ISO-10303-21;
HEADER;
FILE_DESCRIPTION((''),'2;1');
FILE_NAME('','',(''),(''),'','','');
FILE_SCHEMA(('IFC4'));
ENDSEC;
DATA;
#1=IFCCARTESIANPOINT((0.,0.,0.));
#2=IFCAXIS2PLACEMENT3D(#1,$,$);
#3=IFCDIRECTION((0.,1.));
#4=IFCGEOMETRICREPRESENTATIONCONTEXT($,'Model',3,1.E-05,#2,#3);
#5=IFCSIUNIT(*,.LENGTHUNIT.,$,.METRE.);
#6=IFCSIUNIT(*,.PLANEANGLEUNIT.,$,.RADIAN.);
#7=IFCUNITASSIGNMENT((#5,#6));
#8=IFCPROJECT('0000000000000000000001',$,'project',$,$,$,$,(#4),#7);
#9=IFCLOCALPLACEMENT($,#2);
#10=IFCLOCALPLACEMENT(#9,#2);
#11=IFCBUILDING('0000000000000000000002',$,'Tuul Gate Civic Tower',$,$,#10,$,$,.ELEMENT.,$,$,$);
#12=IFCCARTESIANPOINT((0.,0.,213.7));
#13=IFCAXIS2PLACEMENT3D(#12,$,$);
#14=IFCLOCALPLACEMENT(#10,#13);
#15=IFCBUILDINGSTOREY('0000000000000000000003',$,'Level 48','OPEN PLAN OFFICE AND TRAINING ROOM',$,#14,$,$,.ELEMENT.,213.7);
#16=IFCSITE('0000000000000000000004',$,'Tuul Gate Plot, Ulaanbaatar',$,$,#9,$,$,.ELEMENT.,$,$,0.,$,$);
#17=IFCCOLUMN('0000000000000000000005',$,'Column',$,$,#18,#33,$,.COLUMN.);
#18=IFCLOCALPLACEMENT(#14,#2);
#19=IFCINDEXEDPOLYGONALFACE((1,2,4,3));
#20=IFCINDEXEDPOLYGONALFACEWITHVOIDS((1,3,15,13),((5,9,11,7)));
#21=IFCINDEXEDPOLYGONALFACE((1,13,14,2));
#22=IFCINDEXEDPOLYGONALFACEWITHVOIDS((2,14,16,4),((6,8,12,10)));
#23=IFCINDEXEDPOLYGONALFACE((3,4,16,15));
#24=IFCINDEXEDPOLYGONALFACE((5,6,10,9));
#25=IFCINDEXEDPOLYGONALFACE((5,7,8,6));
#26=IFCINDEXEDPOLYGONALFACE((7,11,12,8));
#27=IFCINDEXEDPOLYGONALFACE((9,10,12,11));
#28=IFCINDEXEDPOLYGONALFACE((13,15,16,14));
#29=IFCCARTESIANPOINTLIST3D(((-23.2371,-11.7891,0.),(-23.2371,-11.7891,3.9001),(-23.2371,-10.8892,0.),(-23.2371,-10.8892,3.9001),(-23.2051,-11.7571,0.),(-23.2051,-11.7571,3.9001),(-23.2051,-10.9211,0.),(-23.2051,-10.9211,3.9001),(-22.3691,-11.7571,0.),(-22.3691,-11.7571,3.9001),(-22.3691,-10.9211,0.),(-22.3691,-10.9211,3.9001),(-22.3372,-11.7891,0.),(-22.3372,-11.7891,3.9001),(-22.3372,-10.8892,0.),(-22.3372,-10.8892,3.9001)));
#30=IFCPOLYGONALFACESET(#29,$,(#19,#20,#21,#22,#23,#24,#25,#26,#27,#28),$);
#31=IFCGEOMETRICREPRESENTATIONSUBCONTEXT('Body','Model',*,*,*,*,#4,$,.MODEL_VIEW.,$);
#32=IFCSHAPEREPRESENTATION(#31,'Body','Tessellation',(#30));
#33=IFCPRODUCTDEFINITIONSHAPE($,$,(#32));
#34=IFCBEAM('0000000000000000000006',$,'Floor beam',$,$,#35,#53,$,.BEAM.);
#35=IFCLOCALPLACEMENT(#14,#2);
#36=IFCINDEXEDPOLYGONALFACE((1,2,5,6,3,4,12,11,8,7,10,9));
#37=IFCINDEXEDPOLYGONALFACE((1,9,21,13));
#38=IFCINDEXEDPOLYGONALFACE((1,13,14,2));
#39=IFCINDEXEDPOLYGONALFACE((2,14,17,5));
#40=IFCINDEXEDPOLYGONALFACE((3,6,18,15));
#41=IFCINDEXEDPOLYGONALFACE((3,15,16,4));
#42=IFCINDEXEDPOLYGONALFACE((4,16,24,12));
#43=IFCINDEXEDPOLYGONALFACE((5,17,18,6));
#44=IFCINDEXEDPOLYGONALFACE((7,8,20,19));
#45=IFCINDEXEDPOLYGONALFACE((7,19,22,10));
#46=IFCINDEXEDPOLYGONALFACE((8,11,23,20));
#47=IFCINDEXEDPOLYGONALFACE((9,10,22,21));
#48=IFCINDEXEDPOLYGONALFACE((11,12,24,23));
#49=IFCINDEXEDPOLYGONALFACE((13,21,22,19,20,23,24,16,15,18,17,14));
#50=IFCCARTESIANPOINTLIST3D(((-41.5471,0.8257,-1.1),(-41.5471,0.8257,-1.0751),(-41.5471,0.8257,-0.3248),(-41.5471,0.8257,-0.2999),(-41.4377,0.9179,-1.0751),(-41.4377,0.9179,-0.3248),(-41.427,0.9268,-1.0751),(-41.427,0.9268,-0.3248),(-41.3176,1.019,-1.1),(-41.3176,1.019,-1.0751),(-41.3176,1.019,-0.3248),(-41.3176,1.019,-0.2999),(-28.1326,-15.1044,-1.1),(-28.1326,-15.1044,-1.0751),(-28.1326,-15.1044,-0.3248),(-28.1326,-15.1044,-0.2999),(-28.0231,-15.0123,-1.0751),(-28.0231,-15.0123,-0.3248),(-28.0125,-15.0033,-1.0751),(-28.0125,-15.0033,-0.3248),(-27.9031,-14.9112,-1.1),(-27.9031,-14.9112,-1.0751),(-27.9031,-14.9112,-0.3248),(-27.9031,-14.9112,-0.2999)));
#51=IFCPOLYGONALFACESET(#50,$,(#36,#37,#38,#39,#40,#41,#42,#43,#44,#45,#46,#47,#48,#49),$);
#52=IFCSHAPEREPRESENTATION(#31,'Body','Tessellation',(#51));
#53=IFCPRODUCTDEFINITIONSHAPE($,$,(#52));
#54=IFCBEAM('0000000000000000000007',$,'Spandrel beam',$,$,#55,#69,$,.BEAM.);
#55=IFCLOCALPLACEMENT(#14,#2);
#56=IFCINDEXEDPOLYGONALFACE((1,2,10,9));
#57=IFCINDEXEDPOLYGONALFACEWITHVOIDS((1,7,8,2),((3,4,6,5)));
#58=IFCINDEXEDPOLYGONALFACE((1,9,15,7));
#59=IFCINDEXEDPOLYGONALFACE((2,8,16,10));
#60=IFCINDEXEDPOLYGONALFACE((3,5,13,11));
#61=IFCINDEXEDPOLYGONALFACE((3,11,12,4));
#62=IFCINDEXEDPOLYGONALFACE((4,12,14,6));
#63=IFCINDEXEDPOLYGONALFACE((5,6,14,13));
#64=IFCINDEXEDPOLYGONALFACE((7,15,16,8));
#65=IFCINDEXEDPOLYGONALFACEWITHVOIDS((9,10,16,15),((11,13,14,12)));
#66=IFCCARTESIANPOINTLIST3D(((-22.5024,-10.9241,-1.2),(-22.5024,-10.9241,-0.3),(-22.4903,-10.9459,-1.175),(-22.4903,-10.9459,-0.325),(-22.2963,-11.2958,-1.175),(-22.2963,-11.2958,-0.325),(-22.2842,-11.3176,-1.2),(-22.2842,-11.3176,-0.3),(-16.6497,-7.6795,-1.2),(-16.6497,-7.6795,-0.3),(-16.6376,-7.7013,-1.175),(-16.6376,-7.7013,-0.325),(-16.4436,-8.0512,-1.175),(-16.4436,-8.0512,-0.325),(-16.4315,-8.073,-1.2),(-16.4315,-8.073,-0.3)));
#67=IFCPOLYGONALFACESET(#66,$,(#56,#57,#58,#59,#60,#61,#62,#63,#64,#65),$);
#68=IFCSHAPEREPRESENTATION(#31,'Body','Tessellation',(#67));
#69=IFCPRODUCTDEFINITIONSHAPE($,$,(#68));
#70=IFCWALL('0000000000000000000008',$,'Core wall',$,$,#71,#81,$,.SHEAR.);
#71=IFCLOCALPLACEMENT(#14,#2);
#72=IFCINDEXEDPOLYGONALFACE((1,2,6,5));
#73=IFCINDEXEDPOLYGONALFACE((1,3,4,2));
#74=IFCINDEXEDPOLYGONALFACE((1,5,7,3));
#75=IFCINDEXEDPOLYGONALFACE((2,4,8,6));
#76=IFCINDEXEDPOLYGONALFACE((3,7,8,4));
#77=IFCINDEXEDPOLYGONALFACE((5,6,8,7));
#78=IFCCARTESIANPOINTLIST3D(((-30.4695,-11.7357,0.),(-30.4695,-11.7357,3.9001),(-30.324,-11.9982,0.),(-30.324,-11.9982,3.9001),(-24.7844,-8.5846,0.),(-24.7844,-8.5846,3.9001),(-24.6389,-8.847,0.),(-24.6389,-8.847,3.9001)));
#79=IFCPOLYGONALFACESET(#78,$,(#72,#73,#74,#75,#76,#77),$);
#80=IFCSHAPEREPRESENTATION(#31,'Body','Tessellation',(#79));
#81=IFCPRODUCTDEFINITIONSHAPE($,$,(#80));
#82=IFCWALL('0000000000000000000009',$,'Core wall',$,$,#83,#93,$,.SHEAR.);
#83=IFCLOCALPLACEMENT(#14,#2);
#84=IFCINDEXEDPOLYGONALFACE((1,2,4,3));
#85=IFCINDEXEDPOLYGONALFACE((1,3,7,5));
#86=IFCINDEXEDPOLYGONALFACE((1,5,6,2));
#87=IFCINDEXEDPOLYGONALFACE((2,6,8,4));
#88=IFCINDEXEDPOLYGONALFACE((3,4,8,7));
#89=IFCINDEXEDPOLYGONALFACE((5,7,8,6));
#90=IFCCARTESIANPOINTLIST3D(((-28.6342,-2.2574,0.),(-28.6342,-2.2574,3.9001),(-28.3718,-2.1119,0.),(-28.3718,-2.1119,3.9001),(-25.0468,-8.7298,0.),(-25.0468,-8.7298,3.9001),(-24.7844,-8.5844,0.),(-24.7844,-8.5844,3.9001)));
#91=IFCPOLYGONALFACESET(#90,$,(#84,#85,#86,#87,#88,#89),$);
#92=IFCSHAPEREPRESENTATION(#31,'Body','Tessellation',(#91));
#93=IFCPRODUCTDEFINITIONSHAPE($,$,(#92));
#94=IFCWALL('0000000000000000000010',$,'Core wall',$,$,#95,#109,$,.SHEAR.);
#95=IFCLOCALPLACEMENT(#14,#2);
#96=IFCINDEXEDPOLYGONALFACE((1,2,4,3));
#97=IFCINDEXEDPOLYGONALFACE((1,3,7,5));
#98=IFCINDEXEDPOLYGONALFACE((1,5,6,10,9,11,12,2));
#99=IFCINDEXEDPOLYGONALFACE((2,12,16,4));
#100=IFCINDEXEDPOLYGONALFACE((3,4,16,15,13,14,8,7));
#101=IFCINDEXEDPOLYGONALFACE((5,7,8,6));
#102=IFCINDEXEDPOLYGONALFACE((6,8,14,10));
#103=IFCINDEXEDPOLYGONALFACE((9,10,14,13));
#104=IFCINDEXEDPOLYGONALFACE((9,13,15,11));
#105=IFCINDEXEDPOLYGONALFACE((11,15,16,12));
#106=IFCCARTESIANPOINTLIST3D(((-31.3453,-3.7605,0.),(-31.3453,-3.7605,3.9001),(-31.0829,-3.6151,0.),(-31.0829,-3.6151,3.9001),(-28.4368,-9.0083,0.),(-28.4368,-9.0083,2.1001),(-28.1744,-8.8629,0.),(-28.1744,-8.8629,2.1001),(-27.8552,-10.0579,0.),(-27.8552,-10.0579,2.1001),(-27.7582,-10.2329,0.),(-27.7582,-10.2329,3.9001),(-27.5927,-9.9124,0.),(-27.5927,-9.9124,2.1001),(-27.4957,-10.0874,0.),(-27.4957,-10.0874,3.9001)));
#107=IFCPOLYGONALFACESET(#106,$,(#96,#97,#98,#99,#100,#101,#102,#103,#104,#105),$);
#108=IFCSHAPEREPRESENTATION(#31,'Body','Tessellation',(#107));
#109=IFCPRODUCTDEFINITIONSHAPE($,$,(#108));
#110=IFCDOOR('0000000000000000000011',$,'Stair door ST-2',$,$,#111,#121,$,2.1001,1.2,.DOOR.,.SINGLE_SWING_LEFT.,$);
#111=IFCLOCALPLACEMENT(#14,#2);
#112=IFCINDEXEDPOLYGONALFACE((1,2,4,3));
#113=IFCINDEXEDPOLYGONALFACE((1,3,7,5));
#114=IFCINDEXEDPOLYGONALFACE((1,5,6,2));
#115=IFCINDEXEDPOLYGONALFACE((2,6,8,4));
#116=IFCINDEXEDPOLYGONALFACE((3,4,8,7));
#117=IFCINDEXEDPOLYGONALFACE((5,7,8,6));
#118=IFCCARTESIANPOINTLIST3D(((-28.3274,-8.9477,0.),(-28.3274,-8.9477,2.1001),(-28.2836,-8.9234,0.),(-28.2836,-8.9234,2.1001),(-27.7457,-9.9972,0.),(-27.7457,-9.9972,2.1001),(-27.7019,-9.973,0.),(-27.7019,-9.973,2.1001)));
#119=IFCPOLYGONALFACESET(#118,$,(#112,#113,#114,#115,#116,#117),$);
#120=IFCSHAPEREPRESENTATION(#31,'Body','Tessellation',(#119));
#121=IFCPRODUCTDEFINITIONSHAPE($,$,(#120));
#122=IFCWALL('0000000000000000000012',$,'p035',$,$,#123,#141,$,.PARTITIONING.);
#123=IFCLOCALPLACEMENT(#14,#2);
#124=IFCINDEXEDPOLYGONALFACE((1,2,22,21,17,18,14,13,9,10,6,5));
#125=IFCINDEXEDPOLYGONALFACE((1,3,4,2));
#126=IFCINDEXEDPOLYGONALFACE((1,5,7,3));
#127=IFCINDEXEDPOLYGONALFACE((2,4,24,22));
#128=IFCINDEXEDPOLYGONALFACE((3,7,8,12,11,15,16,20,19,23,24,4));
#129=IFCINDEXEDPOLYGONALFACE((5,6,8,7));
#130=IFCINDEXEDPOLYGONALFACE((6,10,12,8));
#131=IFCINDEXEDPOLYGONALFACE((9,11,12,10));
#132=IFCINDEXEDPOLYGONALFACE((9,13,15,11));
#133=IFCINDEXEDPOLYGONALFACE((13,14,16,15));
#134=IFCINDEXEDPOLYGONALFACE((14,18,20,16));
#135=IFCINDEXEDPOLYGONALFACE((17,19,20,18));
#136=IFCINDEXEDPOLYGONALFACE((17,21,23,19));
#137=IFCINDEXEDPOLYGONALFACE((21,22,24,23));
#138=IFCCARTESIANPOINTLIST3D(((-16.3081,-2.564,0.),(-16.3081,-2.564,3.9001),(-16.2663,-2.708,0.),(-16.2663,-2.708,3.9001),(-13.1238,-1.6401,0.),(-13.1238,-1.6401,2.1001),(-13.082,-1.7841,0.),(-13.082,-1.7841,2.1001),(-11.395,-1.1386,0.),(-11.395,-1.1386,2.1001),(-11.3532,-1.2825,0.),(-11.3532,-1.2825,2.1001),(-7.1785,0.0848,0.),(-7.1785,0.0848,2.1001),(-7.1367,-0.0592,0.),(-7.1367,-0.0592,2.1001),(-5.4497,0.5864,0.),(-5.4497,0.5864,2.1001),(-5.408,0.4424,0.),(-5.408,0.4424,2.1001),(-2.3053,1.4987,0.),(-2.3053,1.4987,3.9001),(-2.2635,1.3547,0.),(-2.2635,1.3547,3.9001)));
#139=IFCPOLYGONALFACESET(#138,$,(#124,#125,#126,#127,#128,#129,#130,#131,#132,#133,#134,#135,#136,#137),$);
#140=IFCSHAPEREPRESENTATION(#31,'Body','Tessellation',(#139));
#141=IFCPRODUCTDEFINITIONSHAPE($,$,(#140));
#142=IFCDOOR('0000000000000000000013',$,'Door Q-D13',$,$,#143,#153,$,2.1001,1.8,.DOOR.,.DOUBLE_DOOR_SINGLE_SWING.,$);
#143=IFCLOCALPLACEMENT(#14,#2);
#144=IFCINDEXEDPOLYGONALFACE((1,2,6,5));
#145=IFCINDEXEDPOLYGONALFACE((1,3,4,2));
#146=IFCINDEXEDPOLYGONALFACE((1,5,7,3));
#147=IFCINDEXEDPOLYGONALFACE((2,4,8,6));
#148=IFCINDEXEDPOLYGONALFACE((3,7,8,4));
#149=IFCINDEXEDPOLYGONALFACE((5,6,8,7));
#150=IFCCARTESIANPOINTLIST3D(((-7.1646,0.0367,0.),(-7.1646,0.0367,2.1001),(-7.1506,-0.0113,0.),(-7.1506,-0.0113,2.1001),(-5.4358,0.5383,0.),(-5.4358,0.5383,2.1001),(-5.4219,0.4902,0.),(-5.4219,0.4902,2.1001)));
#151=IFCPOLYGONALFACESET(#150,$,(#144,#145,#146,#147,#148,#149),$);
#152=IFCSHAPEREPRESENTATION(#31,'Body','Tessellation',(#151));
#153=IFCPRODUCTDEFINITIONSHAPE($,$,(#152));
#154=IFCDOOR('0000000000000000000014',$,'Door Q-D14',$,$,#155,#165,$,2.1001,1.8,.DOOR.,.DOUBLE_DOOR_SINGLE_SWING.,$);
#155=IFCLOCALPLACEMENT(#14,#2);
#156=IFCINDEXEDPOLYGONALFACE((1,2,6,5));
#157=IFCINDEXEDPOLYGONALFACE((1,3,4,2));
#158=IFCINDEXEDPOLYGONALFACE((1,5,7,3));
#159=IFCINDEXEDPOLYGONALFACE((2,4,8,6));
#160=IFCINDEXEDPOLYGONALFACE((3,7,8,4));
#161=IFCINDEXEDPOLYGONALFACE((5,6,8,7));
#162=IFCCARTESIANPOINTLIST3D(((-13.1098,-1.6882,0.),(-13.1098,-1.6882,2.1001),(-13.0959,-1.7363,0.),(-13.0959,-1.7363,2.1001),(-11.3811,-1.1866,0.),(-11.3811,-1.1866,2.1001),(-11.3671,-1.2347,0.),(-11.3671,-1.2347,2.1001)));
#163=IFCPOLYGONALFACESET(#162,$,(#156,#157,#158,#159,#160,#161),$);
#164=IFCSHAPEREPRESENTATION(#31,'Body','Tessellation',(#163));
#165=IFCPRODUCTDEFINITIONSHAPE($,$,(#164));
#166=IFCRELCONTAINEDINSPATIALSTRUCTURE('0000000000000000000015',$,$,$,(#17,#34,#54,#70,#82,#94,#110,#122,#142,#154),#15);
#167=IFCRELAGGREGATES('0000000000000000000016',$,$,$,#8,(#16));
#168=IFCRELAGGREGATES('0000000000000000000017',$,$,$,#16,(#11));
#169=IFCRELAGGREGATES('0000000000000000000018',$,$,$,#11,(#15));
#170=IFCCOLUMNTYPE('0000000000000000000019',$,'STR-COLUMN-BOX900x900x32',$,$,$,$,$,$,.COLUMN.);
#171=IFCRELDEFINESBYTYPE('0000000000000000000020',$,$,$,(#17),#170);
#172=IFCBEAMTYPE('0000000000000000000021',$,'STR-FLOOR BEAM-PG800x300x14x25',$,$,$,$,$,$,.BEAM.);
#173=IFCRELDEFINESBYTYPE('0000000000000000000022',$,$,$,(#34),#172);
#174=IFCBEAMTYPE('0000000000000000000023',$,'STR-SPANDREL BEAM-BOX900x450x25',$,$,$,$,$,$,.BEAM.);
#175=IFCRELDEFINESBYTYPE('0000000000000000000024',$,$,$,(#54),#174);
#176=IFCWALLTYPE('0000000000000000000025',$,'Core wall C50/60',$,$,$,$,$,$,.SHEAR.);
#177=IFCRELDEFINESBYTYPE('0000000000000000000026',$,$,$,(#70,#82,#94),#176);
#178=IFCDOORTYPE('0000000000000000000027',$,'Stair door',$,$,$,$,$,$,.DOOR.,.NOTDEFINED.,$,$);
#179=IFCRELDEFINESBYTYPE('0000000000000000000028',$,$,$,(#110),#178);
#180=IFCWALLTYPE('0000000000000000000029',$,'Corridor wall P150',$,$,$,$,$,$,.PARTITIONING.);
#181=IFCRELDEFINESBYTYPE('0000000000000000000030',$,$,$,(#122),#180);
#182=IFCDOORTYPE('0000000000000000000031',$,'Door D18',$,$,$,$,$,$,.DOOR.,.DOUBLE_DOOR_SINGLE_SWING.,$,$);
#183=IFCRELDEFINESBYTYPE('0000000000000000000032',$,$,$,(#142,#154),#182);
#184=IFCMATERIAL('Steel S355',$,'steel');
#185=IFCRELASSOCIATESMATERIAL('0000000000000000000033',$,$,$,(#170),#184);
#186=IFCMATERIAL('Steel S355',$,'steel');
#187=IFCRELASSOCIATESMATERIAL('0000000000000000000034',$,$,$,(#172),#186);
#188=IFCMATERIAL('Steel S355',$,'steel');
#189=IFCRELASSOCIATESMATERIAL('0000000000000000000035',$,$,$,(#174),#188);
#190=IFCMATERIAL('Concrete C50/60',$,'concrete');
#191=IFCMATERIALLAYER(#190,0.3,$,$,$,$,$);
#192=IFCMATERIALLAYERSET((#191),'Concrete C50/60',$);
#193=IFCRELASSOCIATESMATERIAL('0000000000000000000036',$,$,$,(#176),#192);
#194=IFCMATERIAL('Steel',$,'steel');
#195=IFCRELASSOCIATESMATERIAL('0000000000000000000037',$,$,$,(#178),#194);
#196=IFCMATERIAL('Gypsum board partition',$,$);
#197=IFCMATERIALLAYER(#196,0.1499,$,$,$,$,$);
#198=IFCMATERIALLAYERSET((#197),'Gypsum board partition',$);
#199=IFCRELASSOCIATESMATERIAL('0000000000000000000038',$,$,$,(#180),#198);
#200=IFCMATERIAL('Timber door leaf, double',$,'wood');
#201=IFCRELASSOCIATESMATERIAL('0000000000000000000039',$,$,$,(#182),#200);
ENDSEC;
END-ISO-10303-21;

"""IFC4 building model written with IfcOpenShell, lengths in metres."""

from ifc_helpers import new_model, si_unit, direction, frame, frame_2d, origin, origin_2d, place, context, subcontext, project, spatial, rectangle, hollow_rectangle, i_section, extrude, material, layer, layer_set, material_profile, profile_set, type_object, element, fill, save


model = new_model("IFC4")

# Units and contexts
model_context = context("Model", 3, precision=1e-05, world=origin(), true_north=direction((0.0, 1.0)))
body_context = subcontext(model_context, "Body", "Model", "MODEL_VIEW")
ifc_project = project(units=[si_unit("LENGTHUNIT", "METRE"), si_unit("PLANEANGLEUNIT", "RADIAN")], contexts=[model_context])

# Site, building, storey
site_placement = place(None, origin())
site = spatial("IfcSite", under=ifc_project, at=site_placement, Name="Tuul Gate Plot, Ulaanbaatar", CompositionType="ELEMENT", RefElevation=0.0)
building_placement = place(site_placement, origin())
building = spatial("IfcBuilding", under=site, at=building_placement, Name="Tuul Gate Civic Tower", CompositionType="ELEMENT")
storey_placement = place(building_placement, frame((0.0, 0.0, 213.7)))
storey = spatial("IfcBuildingStorey", under=building, at=storey_placement, Name="Level 48", Description="OPEN PLAN OFFICE AND TRAINING ROOM", CompositionType="ELEMENT", Elevation=213.7)

# Column
ifc_material_1 = material(Name="Steel S355", Category="steel")
ifc_material_profile_1 = material_profile(ifc_material_1, hollow_rectangle(XDim=0.8999, YDim=0.8999, WallThickness=0.032, at=origin_2d()), Name="BOX900x900x32")
ifc_profile_set_1 = profile_set([ifc_material_profile_1], Name="Steel S355")
column_type = type_object("IfcColumnType", Name="STR-COLUMN-BOX900x900x32", PredefinedType="COLUMN", material=ifc_profile_set_1)
column_placement = place(storey_placement, frame((-22.7871, -11.3391, 0.0), z_axis=(0.0, 0.0, 1.0), x_axis=(1.0, 0.0, 0.0)))
element("IfcColumn", 1, at=column_placement, inside=storey, type_object=column_type, Name="Column", PredefinedType="COLUMN", context=body_context, shape_type="SweptSolid", body=[
    extrude(hollow_rectangle(XDim=0.8999, YDim=0.8999, WallThickness=0.032, at=origin_2d()), origin(), (0.0, 0.0, 1.0), 3.9001),
])

# Beams
ifc_material_2 = material(Name="Steel S355", Category="steel")
ifc_material_profile_2 = material_profile(ifc_material_2, i_section(OverallWidth=0.3, OverallDepth=0.8, WebThickness=0.0139, FlangeThickness=0.0249, at=origin_2d()), Name="PG800x300x14x25")
ifc_profile_set_2 = profile_set([ifc_material_profile_2], Name="Steel S355")
beam_type_1 = type_object("IfcBeamType", Name="STR-FLOOR BEAM-PG800x300x14x25", PredefinedType="BEAM", material=ifc_profile_set_2)
beam_1_placement = place(storey_placement, frame((-28.0178, -15.0078, -0.7), z_axis=(-0.644126, 0.764919, 0.0), x_axis=(-0.764919, -0.644126, 0.0)))
element("IfcBeam", 2, at=beam_1_placement, inside=storey, type_object=beam_type_1, Name="Floor beam", PredefinedType="BEAM", context=body_context, shape_type="SweptSolid", body=[
    extrude(i_section(OverallWidth=0.3, OverallDepth=0.8, WebThickness=0.0139, FlangeThickness=0.0249, at=origin_2d()), origin(), (0.0, 0.0, 1.0), 20.8259),
])
ifc_material_3 = material(Name="Steel S355", Category="steel")
ifc_material_profile_3 = material_profile(ifc_material_3, hollow_rectangle(XDim=0.45, YDim=0.8999, WallThickness=0.0249, at=origin_2d()), Name="BOX900x450x25")
ifc_profile_set_3 = profile_set([ifc_material_profile_3], Name="Steel S355")
beam_type_2 = type_object("IfcBeamType", Name="STR-SPANDREL BEAM-BOX900x450x25", PredefinedType="BEAM", material=ifc_profile_set_3)
beam_2_placement = place(storey_placement, frame((-22.3933, -11.1208, -0.75), z_axis=(0.874596, 0.484853, 0.0), x_axis=(-0.484853, 0.874596, 0.0)))
element("IfcBeam", 3, at=beam_2_placement, inside=storey, type_object=beam_type_2, Name="Spandrel beam", PredefinedType="BEAM", context=body_context, shape_type="SweptSolid", body=[
    extrude(hollow_rectangle(XDim=0.45, YDim=0.8999, WallThickness=0.0249, at=origin_2d()), origin(), (0.0, 0.0, 1.0), 6.6919),
])

# Walls
ifc_material_4 = material(Name="Concrete C50/60", Category="concrete")
ifc_layer_1 = layer(ifc_material_4, 0.3)
ifc_layer_set_1 = layer_set([ifc_layer_1], Name="Concrete C50/60")
wall_type_1 = type_object("IfcWallType", Name="Core wall C50/60", PredefinedType="SHEAR", material=ifc_layer_set_1)
wall_1_placement = place(storey_placement, frame((-24.7117, -8.7158, 0.0), z_axis=(0.0, 0.0, 1.0), x_axis=(-0.87463, -0.484791, 0.0)))
element("IfcWall", 4, at=wall_1_placement, inside=storey, type_object=wall_type_1, Name="Core wall", PredefinedType="SHEAR", context=body_context, shape_type="SweptSolid", body=[
    extrude(rectangle(XDim=6.5, YDim=0.3, at=frame_2d((3.25, 0.0))), origin(), (0.0, 0.0, 1.0), 3.9001),
])
wall_2_placement = place(storey_placement, frame((-24.9155, -8.6572, 0.0), z_axis=(0.0, 0.0, 1.0), x_axis=(-0.484777, 0.874638, 0.0)))
element("IfcWall", 5, at=wall_2_placement, inside=storey, type_object=wall_type_1, Name="Core wall", PredefinedType="SHEAR", context=body_context, shape_type="SweptSolid", body=[
    extrude(rectangle(XDim=7.4001, YDim=0.3, at=frame_2d((3.7002, 0.0))), origin(), (0.0, 0.0, 1.0), 3.9001),
])

# Wall, opening, door
wall_3_placement = place(storey_placement, frame((-27.627, -10.1602, 0.0), z_axis=(0.0, 0.0, 1.0), x_axis=(-0.484752, 0.874652, 0.0)))
wall_3 = element("IfcWall", 6, at=wall_3_placement, inside=storey, type_object=wall_type_1, Name="Core wall", PredefinedType="SHEAR", context=body_context, shape_type="SweptSolid", body=[
    extrude(rectangle(XDim=7.3999, YDim=0.3, at=frame_2d((3.7, 0.0))), origin(), (0.0, 0.0, 1.0), 3.9001),
])
opening_1_placement = place(wall_3_placement, frame((0.2, 0.0, 0.0)))
opening_1 = element("IfcOpeningElement", 7, at=opening_1_placement, cuts=wall_3, PredefinedType="OPENING", context=body_context, shape_type="SweptSolid", body=[
    extrude(rectangle(XDim=1.2, YDim=2.1001, at=frame_2d((0.6001, 1.05))), frame((0.0, 0.1602, 0.0), z_axis=(0.0, -1.0, 0.0), x_axis=(1.0, 0.0, 0.0)), (0.0, 0.0, 1.0), 0.3201),
])
ifc_material_5 = material(Name="Steel", Category="steel")
door_type_1 = type_object("IfcDoorType", Name="Stair door", OperationType="NOTDEFINED", PredefinedType="DOOR", material=ifc_material_5)
door_1_placement = place(opening_1_placement, origin())
door_1 = element("IfcDoor", 8, at=door_1_placement, inside=storey, type_object=door_type_1, Name="Stair door ST-2", OperationType="SINGLE_SWING_LEFT", OverallHeight=2.1001, OverallWidth=1.2, PredefinedType="DOOR", context=body_context, shape_type="SweptSolid", body=[
    extrude(rectangle(XDim=1.2, YDim=2.1001, at=frame_2d((0.6001, 1.05))), frame((0.0, 0.0249, 0.0), z_axis=(0.0, -1.0, 0.0), x_axis=(1.0, 0.0, 0.0)), (0.0, 0.0, 1.0), 0.05),
])
fill(opening_1, door_1)

# Wall, openings, doors
ifc_material_6 = material(Name="Gypsum board partition")
ifc_layer_2 = layer(ifc_material_6, 0.1499)
ifc_layer_set_2 = layer_set([ifc_layer_2], Name="Gypsum board partition")
wall_type_2 = type_object("IfcWallType", Name="Corridor wall P150", PredefinedType="PARTITIONING", material=ifc_layer_set_2)
wall_4_placement = place(storey_placement, frame((-16.2871, -2.636, 0.0), z_axis=(0.0, 0.0, 1.0), x_axis=(0.960394, 0.278644, 0.0)))
wall_4 = element("IfcWall", 9, at=wall_4_placement, inside=storey, type_object=wall_type_2, Name="p035", PredefinedType="PARTITIONING", context=body_context, shape_type="SweptSolid", body=[
    extrude(rectangle(XDim=14.5803, YDim=0.1499, at=frame_2d((7.29, 0.0))), origin(), (0.0, 0.0, 1.0), 3.9001),
])
opening_2_placement = place(wall_4_placement, frame((9.5061, 0.0, 0.0)))
opening_2 = element("IfcOpeningElement", 10, at=opening_2_placement, cuts=wall_4, PredefinedType="OPENING", context=body_context, shape_type="SweptSolid", body=[
    extrude(rectangle(XDim=1.8, YDim=2.1001, at=frame_2d((0.8999, 1.05))), frame((0.0, 0.085, 0.0), z_axis=(0.0, -1.0, 0.0), x_axis=(1.0, 0.0, 0.0)), (0.0, 0.0, 1.0), 0.1699),
])
opening_3_placement = place(wall_4_placement, frame((3.3157, 0.0, 0.0)))
opening_3 = element("IfcOpeningElement", 11, at=opening_3_placement, cuts=wall_4, PredefinedType="OPENING", context=body_context, shape_type="SweptSolid", body=[
    extrude(rectangle(XDim=1.8, YDim=2.1001, at=frame_2d((0.8999, 1.05))), frame((0.0, 0.085, 0.0), z_axis=(0.0, -1.0, 0.0), x_axis=(1.0, 0.0, 0.0)), (0.0, 0.0, 1.0), 0.1699),
])
ifc_material_7 = material(Name="Timber door leaf, double", Category="wood")
door_type_2 = type_object("IfcDoorType", Name="Door D18", OperationType="DOUBLE_DOOR_SINGLE_SWING", PredefinedType="DOOR", material=ifc_material_7)
door_2_placement = place(opening_2_placement, origin())
door_2 = element("IfcDoor", 12, at=door_2_placement, inside=storey, type_object=door_type_2, Name="Door Q-D13", OperationType="DOUBLE_DOOR_SINGLE_SWING", OverallHeight=2.1001, OverallWidth=1.8, PredefinedType="DOOR", context=body_context, shape_type="SweptSolid", body=[
    extrude(rectangle(XDim=1.8, YDim=2.1001, at=frame_2d((0.8999, 1.05))), frame((0.0, 0.0249, 0.0), z_axis=(0.0, -1.0, 0.0), x_axis=(1.0, 0.0, 0.0)), (0.0, 0.0, 1.0), 0.05),
])
fill(opening_2, door_2)
door_3_placement = place(opening_3_placement, origin())
door_3 = element("IfcDoor", 13, at=door_3_placement, inside=storey, type_object=door_type_2, Name="Door Q-D14", OperationType="DOUBLE_DOOR_SINGLE_SWING", OverallHeight=2.1001, OverallWidth=1.8, PredefinedType="DOOR", context=body_context, shape_type="SweptSolid", body=[
    extrude(rectangle(XDim=1.8, YDim=2.1001, at=frame_2d((0.8999, 1.05))), frame((0.0, 0.0249, 0.0), z_axis=(0.0, -1.0, 0.0), x_axis=(1.0, 0.0, 0.0)), (0.0, 0.0, 1.0), 0.05),
])
fill(opening_3, door_3)

save(model, "model.ifc")
